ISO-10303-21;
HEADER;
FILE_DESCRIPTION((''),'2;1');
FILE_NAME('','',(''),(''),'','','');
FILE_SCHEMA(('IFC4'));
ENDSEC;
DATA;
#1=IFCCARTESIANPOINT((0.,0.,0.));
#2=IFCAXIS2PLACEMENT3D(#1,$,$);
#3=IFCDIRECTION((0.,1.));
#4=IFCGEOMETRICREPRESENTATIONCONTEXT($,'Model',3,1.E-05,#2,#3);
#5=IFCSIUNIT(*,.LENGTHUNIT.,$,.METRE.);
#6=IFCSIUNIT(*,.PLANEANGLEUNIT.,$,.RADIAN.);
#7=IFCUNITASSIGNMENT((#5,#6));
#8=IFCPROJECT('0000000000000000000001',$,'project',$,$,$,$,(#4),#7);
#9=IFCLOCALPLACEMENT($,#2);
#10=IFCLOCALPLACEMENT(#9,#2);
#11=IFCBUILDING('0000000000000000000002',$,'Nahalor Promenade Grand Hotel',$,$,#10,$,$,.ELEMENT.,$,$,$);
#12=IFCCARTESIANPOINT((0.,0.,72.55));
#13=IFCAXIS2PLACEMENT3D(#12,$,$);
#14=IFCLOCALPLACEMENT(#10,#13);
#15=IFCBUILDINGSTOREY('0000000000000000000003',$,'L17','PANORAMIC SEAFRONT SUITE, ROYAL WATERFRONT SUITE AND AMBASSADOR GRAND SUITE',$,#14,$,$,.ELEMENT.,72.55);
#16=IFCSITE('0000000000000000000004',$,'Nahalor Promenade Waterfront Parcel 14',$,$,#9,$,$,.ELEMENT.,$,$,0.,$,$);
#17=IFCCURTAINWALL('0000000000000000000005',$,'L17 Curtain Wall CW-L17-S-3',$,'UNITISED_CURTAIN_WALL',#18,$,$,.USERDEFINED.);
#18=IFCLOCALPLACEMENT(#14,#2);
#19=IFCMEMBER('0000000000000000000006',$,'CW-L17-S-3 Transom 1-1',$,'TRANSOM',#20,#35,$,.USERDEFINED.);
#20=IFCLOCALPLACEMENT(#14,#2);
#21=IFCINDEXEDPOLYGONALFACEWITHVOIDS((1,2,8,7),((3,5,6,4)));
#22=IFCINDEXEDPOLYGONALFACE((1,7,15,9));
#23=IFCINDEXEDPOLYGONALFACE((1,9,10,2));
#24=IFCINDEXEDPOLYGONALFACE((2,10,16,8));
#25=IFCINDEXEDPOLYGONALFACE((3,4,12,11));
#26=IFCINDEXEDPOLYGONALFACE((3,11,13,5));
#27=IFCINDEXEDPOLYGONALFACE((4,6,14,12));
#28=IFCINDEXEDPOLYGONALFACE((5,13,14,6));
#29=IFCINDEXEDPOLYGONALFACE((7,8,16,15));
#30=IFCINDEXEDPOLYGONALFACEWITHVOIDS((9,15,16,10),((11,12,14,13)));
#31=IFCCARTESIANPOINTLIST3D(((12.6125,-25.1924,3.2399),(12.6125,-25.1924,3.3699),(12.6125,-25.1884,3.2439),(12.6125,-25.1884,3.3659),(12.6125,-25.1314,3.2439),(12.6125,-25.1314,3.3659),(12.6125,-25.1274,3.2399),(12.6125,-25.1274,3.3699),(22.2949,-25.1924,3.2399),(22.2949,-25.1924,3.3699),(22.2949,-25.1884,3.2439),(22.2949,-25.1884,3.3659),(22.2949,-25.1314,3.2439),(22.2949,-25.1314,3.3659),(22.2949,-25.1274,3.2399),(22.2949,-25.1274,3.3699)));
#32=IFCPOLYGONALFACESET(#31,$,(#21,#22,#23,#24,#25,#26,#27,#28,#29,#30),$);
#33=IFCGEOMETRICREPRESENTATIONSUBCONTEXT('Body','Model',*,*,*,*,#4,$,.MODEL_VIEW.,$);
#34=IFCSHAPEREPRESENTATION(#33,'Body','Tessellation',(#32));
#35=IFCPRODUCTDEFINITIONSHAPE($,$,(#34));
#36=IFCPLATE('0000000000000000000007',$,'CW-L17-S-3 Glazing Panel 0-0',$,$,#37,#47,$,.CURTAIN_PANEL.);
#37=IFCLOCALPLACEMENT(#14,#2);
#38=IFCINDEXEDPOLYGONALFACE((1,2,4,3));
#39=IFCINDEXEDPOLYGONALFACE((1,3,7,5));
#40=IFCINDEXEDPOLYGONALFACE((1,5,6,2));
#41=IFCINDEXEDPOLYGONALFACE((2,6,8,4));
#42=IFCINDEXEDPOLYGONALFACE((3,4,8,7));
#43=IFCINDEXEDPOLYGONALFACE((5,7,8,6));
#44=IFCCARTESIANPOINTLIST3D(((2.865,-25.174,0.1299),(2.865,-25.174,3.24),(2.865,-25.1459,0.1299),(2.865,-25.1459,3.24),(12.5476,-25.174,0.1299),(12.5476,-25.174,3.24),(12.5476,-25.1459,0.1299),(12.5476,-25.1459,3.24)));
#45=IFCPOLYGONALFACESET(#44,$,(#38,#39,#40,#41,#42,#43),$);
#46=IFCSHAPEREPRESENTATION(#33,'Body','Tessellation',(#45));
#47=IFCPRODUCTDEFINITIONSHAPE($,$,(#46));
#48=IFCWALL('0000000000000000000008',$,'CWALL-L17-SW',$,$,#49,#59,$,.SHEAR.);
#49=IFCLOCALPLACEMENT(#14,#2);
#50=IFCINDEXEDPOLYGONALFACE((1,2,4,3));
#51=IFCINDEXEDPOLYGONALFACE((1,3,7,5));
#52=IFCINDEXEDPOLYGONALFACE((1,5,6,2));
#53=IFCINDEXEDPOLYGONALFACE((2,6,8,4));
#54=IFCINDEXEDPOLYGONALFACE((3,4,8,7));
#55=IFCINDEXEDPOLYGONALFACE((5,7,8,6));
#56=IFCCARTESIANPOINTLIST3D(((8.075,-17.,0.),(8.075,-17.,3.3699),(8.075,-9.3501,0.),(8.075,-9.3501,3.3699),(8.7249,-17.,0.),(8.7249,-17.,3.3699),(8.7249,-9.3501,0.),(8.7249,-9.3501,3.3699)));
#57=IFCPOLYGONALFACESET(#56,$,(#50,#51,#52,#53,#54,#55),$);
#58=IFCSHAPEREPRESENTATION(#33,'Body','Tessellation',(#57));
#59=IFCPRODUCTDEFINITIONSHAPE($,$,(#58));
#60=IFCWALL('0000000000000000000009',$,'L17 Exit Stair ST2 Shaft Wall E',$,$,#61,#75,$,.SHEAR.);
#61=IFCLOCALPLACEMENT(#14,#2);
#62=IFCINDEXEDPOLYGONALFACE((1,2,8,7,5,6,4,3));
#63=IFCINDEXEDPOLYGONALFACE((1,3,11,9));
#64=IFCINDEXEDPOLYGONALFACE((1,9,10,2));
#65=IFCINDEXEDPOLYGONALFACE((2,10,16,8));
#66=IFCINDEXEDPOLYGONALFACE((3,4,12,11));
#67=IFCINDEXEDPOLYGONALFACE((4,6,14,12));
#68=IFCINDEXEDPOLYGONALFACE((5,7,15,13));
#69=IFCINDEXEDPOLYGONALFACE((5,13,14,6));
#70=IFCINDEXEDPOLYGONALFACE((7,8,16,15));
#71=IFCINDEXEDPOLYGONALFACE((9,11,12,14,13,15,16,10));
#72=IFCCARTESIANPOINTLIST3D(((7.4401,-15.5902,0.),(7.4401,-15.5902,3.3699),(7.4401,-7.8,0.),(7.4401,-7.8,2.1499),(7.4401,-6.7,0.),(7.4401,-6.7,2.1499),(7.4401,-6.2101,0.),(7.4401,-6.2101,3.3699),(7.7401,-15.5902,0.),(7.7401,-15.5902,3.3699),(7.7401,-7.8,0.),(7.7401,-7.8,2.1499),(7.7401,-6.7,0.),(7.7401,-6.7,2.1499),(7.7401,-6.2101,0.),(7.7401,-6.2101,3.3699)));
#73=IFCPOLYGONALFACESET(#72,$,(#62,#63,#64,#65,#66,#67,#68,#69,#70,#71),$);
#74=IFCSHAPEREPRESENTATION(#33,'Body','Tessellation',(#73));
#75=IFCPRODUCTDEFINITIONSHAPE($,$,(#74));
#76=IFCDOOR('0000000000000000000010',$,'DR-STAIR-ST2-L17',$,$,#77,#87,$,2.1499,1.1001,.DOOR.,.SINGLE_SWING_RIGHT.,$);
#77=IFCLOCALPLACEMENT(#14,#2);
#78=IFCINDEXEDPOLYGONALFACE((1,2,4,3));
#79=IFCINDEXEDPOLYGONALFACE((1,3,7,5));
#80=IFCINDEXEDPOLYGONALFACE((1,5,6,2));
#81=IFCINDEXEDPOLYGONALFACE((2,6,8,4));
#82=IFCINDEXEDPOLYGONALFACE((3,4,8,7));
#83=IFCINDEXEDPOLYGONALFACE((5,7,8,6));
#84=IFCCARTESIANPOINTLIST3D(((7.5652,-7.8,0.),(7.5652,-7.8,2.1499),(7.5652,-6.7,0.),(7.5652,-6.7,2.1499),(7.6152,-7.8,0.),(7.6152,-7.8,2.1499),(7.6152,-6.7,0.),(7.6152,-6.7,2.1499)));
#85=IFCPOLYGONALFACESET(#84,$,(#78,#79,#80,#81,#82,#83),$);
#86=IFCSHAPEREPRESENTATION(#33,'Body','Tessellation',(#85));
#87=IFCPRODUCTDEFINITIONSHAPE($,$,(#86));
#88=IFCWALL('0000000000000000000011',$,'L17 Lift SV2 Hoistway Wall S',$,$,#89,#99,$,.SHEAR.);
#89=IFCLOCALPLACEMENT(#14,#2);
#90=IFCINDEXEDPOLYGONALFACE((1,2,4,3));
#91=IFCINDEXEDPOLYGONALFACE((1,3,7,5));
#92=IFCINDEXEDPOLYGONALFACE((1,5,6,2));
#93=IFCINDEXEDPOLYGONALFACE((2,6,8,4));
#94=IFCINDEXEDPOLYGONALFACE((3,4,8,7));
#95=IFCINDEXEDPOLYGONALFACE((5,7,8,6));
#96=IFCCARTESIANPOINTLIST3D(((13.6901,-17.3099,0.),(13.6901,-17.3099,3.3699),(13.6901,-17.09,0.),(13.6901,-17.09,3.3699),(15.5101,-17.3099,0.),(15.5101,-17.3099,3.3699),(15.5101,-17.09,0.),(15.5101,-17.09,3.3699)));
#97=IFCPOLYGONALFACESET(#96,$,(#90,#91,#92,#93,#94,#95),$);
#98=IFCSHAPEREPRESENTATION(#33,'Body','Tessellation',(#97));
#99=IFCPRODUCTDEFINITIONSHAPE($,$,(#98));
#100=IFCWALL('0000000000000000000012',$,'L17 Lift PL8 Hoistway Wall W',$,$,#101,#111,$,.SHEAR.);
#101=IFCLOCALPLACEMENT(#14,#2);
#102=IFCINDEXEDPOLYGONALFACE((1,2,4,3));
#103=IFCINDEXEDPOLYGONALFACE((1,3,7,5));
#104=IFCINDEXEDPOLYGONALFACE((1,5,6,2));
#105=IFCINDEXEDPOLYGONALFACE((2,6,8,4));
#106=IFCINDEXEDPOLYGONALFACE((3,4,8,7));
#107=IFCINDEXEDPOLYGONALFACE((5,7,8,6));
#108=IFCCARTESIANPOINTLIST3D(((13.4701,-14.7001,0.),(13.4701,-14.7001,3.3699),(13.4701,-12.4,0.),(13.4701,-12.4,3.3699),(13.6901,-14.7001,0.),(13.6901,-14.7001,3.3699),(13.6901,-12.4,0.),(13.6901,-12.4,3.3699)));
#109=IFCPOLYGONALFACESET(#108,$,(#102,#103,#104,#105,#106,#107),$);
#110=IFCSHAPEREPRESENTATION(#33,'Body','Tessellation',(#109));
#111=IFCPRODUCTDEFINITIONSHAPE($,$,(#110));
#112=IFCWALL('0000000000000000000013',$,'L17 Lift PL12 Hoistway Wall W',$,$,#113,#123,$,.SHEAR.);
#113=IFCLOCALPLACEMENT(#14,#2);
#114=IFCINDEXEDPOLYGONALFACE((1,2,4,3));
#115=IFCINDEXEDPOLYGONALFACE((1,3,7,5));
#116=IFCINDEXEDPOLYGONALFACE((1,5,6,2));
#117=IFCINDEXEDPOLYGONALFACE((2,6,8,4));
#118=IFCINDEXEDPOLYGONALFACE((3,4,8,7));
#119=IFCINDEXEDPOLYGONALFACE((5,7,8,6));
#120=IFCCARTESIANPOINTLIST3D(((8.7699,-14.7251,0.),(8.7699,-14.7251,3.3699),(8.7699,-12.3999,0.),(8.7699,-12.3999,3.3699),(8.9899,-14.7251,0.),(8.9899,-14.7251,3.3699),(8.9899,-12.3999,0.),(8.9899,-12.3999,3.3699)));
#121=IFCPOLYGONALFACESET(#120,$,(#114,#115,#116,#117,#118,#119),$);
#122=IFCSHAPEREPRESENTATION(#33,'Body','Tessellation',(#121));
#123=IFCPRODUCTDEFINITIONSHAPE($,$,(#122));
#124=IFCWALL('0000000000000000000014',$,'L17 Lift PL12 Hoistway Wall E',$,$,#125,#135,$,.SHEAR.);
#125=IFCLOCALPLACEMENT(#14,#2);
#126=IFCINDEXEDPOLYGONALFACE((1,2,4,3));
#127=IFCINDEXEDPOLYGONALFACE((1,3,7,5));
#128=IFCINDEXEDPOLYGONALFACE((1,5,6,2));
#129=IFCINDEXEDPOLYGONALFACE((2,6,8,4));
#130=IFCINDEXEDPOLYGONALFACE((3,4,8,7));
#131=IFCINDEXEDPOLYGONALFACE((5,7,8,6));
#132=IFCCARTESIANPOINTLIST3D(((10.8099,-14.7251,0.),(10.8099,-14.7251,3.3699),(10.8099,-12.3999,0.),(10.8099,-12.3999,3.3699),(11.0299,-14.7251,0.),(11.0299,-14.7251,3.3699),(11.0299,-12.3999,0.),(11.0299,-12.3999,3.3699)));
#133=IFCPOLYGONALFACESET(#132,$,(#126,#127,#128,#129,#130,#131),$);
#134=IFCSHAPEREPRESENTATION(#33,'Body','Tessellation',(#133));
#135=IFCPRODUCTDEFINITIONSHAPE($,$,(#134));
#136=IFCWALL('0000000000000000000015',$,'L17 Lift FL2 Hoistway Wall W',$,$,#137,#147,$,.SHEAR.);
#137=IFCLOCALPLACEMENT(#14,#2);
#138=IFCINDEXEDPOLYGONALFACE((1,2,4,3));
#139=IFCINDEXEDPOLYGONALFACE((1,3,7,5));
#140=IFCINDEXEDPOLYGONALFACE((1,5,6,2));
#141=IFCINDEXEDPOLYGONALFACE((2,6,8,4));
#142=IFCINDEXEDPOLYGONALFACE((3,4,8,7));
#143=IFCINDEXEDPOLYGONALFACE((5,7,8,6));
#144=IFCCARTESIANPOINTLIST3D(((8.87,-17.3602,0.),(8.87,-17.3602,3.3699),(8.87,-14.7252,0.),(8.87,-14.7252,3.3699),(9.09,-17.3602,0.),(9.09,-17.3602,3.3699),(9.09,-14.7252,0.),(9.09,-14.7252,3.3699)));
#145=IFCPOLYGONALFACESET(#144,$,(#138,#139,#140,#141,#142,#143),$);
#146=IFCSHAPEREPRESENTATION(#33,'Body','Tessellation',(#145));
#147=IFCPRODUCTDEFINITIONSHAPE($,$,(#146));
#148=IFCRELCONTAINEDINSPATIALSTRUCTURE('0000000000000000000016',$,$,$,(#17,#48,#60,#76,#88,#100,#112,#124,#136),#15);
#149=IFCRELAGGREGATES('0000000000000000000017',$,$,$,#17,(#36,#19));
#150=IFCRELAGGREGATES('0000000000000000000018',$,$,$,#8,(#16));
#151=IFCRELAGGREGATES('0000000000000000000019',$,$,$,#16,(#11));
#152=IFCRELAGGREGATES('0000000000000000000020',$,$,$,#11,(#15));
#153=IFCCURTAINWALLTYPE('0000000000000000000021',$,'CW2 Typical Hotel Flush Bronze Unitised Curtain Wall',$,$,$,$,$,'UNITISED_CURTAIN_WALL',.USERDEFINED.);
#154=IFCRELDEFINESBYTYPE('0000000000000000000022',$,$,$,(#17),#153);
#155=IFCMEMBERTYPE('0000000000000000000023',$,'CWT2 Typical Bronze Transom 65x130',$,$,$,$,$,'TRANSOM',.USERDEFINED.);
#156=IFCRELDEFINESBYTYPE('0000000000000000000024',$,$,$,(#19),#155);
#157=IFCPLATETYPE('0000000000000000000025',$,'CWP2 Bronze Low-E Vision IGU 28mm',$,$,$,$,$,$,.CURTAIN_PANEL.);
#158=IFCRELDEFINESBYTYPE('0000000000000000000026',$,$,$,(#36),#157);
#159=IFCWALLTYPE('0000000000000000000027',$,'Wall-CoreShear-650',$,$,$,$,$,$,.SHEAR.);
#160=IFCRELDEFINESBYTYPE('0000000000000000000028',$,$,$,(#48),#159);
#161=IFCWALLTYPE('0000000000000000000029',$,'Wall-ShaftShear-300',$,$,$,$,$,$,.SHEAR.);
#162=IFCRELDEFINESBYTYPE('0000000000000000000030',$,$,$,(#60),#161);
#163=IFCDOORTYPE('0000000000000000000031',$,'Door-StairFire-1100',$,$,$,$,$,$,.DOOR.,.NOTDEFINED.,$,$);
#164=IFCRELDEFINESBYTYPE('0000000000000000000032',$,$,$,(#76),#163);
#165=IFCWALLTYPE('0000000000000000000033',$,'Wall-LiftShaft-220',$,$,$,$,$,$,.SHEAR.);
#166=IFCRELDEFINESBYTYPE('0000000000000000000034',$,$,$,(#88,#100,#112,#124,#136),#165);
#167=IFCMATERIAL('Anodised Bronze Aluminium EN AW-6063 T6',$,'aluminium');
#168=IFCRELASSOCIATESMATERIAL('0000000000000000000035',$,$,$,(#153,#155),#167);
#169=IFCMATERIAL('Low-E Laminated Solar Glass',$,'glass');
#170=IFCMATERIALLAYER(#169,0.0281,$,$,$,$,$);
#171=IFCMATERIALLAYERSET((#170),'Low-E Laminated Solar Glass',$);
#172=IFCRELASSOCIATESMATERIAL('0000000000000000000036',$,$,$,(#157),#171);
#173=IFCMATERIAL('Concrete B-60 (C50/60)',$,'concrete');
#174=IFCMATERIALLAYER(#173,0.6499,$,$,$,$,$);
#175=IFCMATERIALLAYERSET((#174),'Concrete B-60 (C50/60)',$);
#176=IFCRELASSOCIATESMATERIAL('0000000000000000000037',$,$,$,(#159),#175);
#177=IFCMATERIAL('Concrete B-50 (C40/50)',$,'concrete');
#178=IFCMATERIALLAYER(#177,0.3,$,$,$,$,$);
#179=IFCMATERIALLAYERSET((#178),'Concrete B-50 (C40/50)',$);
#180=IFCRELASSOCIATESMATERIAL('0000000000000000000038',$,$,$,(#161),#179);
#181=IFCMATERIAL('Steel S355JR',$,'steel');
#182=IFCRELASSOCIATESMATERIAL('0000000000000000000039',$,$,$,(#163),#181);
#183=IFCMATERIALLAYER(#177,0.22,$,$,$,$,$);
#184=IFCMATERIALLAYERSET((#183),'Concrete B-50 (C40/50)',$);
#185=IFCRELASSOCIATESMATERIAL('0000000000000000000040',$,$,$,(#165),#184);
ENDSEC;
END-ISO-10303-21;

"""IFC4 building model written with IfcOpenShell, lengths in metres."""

from ifc_helpers import new_model, si_unit, direction, frame, frame_2d, origin, origin_2d, place, context, subcontext, project, spatial, rectangle, hollow_rectangle, extrude, source, transform, mapped, material, layer, layer_set, material_profile, profile_set, type_object, element, fill, aggregate, save


model = new_model("IFC4")

# Units and contexts
model_context = context("Model", 3, precision=1e-05, world=origin(), true_north=direction((0.0, 1.0)))
body_context = subcontext(model_context, "Body", "Model", "MODEL_VIEW")
ifc_project = project(units=[si_unit("LENGTHUNIT", "METRE"), si_unit("PLANEANGLEUNIT", "RADIAN")], contexts=[model_context])

# Site, building, storey
site_placement = place(None, origin())
site = spatial("IfcSite", under=ifc_project, at=site_placement, Name="Nahalor Promenade Waterfront Parcel 14", CompositionType="ELEMENT", RefElevation=0.0)
building_placement = place(site_placement, origin())
building = spatial("IfcBuilding", under=site, at=building_placement, Name="Nahalor Promenade Grand Hotel", CompositionType="ELEMENT")
storey_placement = place(building_placement, frame((0.0, 0.0, 72.55)))
storey = spatial("IfcBuildingStorey", under=building, at=storey_placement, Name="L17", Description="PANORAMIC SEAFRONT SUITE, ROYAL WATERFRONT SUITE AND AMBASSADOR GRAND SUITE", CompositionType="ELEMENT", Elevation=72.55)

# Shared definitions
ifc_material_1 = material(Name="Steel S355JR", Category="steel")

# Curtain wall, member, plate
ifc_material_2 = material(Name="Anodised Bronze Aluminium EN AW-6063 T6", Category="aluminium")
curtain_wall_type = type_object("IfcCurtainWallType", Name="CW2 Typical Hotel Flush Bronze Unitised Curtain Wall", ElementType="UNITISED_CURTAIN_WALL", PredefinedType="USERDEFINED", material=ifc_material_2)
curtain_wall_placement = place(storey_placement, origin())
curtain_wall = element("IfcCurtainWall", 1, at=curtain_wall_placement, inside=storey, type_object=curtain_wall_type, Name="L17 Curtain Wall CW-L17-S-3", ObjectType="UNITISED_CURTAIN_WALL", PredefinedType="USERDEFINED")
ifc_material_profile_1 = material_profile(ifc_material_2, hollow_rectangle(XDim=0.065, YDim=0.13, WallThickness=0.004, at=origin_2d()), Name="CWT 65x130x4")
ifc_profile_set_1 = profile_set([ifc_material_profile_1], Name="Anodised Bronze Aluminium EN AW-6063 T6")
member_type_1 = type_object("IfcMemberType", Name="CWT2 Typical Bronze Transom 65x130", ElementType="TRANSOM", PredefinedType="USERDEFINED", material=ifc_profile_set_1)
shared_shape_1 = source(origin(), body_context, "Body", "SweptSolid", [
    extrude(hollow_rectangle(XDim=0.065, YDim=0.13, WallThickness=0.004, at=origin_2d()), origin(), (0.0, 0.0, 1.0), 9.6824),
])
member_1_placement = place(storey_placement, frame((12.6125, -25.1599, 3.3049), z_axis=(1.0, 0.0, 0.0), x_axis=(0.0, 1.0, 0.0)))
member_1 = element("IfcMember", 2, at=member_1_placement, type_object=member_type_1, Name="CW-L17-S-3 Transom 1-1", ObjectType="TRANSOM", PredefinedType="USERDEFINED", context=body_context, shape_type="MappedRepresentation", body=[
    mapped(shared_shape_1, transform((0.0, 0.0, 0.0), scale=1.0)),
])
ifc_material_3 = material(Name="Low-E Laminated Solar Glass", Category="glass")
ifc_layer_1 = layer(ifc_material_3, 0.0281)
ifc_layer_set_1 = layer_set([ifc_layer_1], Name="Low-E Laminated Solar Glass")
plate_type = type_object("IfcPlateType", Name="CWP2 Bronze Low-E Vision IGU 28mm", PredefinedType="CURTAIN_PANEL", material=ifc_layer_set_1)
shared_shape_2 = source(origin(), body_context, "Body", "SweptSolid", [
    extrude(rectangle(XDim=9.6826, YDim=0.0281, at=origin_2d()), origin(), (0.0, 0.0, 1.0), 3.1101),
])
plate_placement = place(storey_placement, frame((7.7063, -25.1599, 0.1299), z_axis=(0.0, 0.0, 1.0), x_axis=(1.0, 0.0, 0.0)))
plate = element("IfcPlate", 3, at=plate_placement, type_object=plate_type, Name="CW-L17-S-3 Glazing Panel 0-0", PredefinedType="CURTAIN_PANEL", context=body_context, shape_type="MappedRepresentation", body=[
    mapped(shared_shape_2, transform((0.0, 0.0, 0.0), scale=1.0)),
])
aggregate(curtain_wall, [plate, member_1])

# Wall
ifc_material_4 = material(Name="Concrete B-60 (C50/60)", Category="concrete")
ifc_layer_2 = layer(ifc_material_4, 0.6499)
ifc_layer_set_2 = layer_set([ifc_layer_2], Name="Concrete B-60 (C50/60)")
wall_type_1 = type_object("IfcWallType", Name="Wall-CoreShear-650", PredefinedType="SHEAR", material=ifc_layer_set_2)
shared_shape_3 = source(origin(), body_context, "Body", "SweptSolid", [
    extrude(rectangle(XDim=7.6499, YDim=0.6499, at=frame_2d((3.825, 0.0))), origin(), (0.0, 0.0, 1.0), 3.3699),
])
wall_1_placement = place(storey_placement, frame((8.3999, -17.0, 0.0), z_axis=(0.0, 0.0, 1.0), x_axis=(0.0, 1.0, 0.0)))
element("IfcWall", 4, at=wall_1_placement, inside=storey, type_object=wall_type_1, Name="CWALL-L17-SW", PredefinedType="SHEAR", context=body_context, shape_type="MappedRepresentation", body=[
    mapped(shared_shape_3, transform((0.0, 0.0, 0.0), scale=1.0)),
])

# Wall, opening, door
ifc_material_5 = material(Name="Concrete B-50 (C40/50)", Category="concrete")
ifc_layer_3 = layer(ifc_material_5, 0.3)
ifc_layer_set_3 = layer_set([ifc_layer_3], Name="Concrete B-50 (C40/50)")
wall_type_2 = type_object("IfcWallType", Name="Wall-ShaftShear-300", PredefinedType="SHEAR", material=ifc_layer_set_3)
shared_shape_4 = source(origin(), body_context, "Body", "SweptSolid", [
    extrude(rectangle(XDim=9.3801, YDim=0.3, at=frame_2d((4.6899, 0.0))), origin(), (0.0, 0.0, 1.0), 3.3699),
])
wall_2_placement = place(storey_placement, frame((7.5901, -15.5901, 0.0), z_axis=(0.0, 0.0, 1.0), x_axis=(0.0, 1.0, 0.0)))
wall_2 = element("IfcWall", 5, at=wall_2_placement, inside=storey, type_object=wall_type_2, Name="L17 Exit Stair ST2 Shaft Wall E", PredefinedType="SHEAR", context=body_context, shape_type="MappedRepresentation", body=[
    mapped(shared_shape_4, transform((0.0, 0.0, 0.0), scale=1.0)),
])
opening_1_placement = place(wall_2_placement, frame((7.79, 0.0, 0.0)))
opening_1 = element("IfcOpeningElement", 6, at=opening_1_placement, cuts=wall_2, PredefinedType="OPENING", context=body_context, shape_type="SweptSolid", body=[
    extrude(rectangle(XDim=1.1001, YDim=2.1499, at=frame_2d((0.55, 1.075))), frame((0.0, 0.1599, 0.0), z_axis=(0.0, -1.0, 0.0), x_axis=(1.0, 0.0, 0.0)), (0.0, 0.0, 1.0), 0.3201),
])
door_type_1 = type_object("IfcDoorType", Name="Door-StairFire-1100", OperationType="NOTDEFINED", PredefinedType="DOOR", material=ifc_material_1)
shared_shape_5 = source(origin(), body_context, "Body", "SweptSolid", [
    extrude(rectangle(XDim=1.1001, YDim=2.1499, at=frame_2d((0.55, 1.075))), frame((0.0, 0.0249, 0.0), z_axis=(0.0, -1.0, 0.0), x_axis=(1.0, 0.0, 0.0)), (0.0, 0.0, 1.0), 0.05),
])
door_1_placement = place(opening_1_placement, origin())
door_1 = element("IfcDoor", 7, at=door_1_placement, inside=storey, type_object=door_type_1, Name="DR-STAIR-ST2-L17", OperationType="SINGLE_SWING_RIGHT", OverallHeight=2.1499, OverallWidth=1.1001, PredefinedType="DOOR", context=body_context, shape_type="MappedRepresentation", body=[
    mapped(shared_shape_5, transform((0.0, 0.0, 0.0), scale=1.0)),
])
fill(opening_1, door_1)

# Walls
ifc_layer_4 = layer(ifc_material_5, 0.22)
ifc_layer_set_4 = layer_set([ifc_layer_4], Name="Concrete B-50 (C40/50)")
wall_type_3 = type_object("IfcWallType", Name="Wall-LiftShaft-220", PredefinedType="SHEAR", material=ifc_layer_set_4)
shared_shape_6 = source(origin(), body_context, "Body", "SweptSolid", [
    extrude(rectangle(XDim=1.8201, YDim=0.22, at=frame_2d((0.9102, 0.0))), origin(), (0.0, 0.0, 1.0), 3.3699),
])
wall_3_placement = place(storey_placement, frame((13.6899, -17.2, 0.0), z_axis=(0.0, 0.0, 1.0), x_axis=(1.0, 0.0, 0.0)))
element("IfcWall", 8, at=wall_3_placement, inside=storey, type_object=wall_type_3, Name="L17 Lift SV2 Hoistway Wall S", PredefinedType="SHEAR", context=body_context, shape_type="MappedRepresentation", body=[
    mapped(shared_shape_6, transform((0.0, 0.0, 0.0), scale=1.0)),
])
shared_shape_7 = source(origin(), body_context, "Body", "SweptSolid", [
    extrude(rectangle(XDim=2.3, YDim=0.22, at=frame_2d((1.1499, 0.0))), origin(), (0.0, 0.0, 1.0), 3.3699),
])
wall_4_placement = place(storey_placement, frame((13.5801, -14.7, 0.0), z_axis=(0.0, 0.0, 1.0), x_axis=(0.0, 1.0, 0.0)))
element("IfcWall", 9, at=wall_4_placement, inside=storey, type_object=wall_type_3, Name="L17 Lift PL8 Hoistway Wall W", PredefinedType="SHEAR", context=body_context, shape_type="MappedRepresentation", body=[
    mapped(shared_shape_7, transform((0.0, 0.0, 0.0), scale=1.0)),
])
shared_shape_8 = source(origin(), body_context, "Body", "SweptSolid", [
    extrude(rectangle(XDim=2.3252, YDim=0.22, at=frame_2d((1.1626, 0.0))), origin(), (0.0, 0.0, 1.0), 3.3699),
])
for number, where, z_axis, x_axis, name in (
    (10, (8.8799, -14.7251, 0.0), (0.0, 0.0, 1.0), (0.0, 1.0, 0.0), "L17 Lift PL12 Hoistway Wall W"),
    (11, (10.9199, -14.7251, 0.0), (0.0, 0.0, 1.0), (0.0, 1.0, 0.0), "L17 Lift PL12 Hoistway Wall E"),
):
    element("IfcWall", number, at=place(storey_placement, frame(where, z_axis=z_axis, x_axis=x_axis)), inside=storey, type_object=wall_type_3, Name=name, PredefinedType="SHEAR", context=body_context, shape_type="MappedRepresentation", body=[
        mapped(shared_shape_8, transform((0.0, 0.0, 0.0), scale=1.0)),
    ])
shared_shape_9 = source(origin(), body_context, "Body", "SweptSolid", [
    extrude(rectangle(XDim=2.635, YDim=0.22, at=frame_2d((1.3174, 0.0))), origin(), (0.0, 0.0, 1.0), 3.3699),
])
wall_5_placement = place(storey_placement, frame((8.98, -17.3601, 0.0), z_axis=(0.0, 0.0, 1.0), x_axis=(0.0, 1.0, 0.0)))
element("IfcWall", 12, at=wall_5_placement, inside=storey, type_object=wall_type_3, Name="L17 Lift FL2 Hoistway Wall W", PredefinedType="SHEAR", context=body_context, shape_type="MappedRepresentation", body=[
    mapped(shared_shape_9, transform((0.0, 0.0, 0.0), scale=1.0)),
])

save(model, "model.ifc")
